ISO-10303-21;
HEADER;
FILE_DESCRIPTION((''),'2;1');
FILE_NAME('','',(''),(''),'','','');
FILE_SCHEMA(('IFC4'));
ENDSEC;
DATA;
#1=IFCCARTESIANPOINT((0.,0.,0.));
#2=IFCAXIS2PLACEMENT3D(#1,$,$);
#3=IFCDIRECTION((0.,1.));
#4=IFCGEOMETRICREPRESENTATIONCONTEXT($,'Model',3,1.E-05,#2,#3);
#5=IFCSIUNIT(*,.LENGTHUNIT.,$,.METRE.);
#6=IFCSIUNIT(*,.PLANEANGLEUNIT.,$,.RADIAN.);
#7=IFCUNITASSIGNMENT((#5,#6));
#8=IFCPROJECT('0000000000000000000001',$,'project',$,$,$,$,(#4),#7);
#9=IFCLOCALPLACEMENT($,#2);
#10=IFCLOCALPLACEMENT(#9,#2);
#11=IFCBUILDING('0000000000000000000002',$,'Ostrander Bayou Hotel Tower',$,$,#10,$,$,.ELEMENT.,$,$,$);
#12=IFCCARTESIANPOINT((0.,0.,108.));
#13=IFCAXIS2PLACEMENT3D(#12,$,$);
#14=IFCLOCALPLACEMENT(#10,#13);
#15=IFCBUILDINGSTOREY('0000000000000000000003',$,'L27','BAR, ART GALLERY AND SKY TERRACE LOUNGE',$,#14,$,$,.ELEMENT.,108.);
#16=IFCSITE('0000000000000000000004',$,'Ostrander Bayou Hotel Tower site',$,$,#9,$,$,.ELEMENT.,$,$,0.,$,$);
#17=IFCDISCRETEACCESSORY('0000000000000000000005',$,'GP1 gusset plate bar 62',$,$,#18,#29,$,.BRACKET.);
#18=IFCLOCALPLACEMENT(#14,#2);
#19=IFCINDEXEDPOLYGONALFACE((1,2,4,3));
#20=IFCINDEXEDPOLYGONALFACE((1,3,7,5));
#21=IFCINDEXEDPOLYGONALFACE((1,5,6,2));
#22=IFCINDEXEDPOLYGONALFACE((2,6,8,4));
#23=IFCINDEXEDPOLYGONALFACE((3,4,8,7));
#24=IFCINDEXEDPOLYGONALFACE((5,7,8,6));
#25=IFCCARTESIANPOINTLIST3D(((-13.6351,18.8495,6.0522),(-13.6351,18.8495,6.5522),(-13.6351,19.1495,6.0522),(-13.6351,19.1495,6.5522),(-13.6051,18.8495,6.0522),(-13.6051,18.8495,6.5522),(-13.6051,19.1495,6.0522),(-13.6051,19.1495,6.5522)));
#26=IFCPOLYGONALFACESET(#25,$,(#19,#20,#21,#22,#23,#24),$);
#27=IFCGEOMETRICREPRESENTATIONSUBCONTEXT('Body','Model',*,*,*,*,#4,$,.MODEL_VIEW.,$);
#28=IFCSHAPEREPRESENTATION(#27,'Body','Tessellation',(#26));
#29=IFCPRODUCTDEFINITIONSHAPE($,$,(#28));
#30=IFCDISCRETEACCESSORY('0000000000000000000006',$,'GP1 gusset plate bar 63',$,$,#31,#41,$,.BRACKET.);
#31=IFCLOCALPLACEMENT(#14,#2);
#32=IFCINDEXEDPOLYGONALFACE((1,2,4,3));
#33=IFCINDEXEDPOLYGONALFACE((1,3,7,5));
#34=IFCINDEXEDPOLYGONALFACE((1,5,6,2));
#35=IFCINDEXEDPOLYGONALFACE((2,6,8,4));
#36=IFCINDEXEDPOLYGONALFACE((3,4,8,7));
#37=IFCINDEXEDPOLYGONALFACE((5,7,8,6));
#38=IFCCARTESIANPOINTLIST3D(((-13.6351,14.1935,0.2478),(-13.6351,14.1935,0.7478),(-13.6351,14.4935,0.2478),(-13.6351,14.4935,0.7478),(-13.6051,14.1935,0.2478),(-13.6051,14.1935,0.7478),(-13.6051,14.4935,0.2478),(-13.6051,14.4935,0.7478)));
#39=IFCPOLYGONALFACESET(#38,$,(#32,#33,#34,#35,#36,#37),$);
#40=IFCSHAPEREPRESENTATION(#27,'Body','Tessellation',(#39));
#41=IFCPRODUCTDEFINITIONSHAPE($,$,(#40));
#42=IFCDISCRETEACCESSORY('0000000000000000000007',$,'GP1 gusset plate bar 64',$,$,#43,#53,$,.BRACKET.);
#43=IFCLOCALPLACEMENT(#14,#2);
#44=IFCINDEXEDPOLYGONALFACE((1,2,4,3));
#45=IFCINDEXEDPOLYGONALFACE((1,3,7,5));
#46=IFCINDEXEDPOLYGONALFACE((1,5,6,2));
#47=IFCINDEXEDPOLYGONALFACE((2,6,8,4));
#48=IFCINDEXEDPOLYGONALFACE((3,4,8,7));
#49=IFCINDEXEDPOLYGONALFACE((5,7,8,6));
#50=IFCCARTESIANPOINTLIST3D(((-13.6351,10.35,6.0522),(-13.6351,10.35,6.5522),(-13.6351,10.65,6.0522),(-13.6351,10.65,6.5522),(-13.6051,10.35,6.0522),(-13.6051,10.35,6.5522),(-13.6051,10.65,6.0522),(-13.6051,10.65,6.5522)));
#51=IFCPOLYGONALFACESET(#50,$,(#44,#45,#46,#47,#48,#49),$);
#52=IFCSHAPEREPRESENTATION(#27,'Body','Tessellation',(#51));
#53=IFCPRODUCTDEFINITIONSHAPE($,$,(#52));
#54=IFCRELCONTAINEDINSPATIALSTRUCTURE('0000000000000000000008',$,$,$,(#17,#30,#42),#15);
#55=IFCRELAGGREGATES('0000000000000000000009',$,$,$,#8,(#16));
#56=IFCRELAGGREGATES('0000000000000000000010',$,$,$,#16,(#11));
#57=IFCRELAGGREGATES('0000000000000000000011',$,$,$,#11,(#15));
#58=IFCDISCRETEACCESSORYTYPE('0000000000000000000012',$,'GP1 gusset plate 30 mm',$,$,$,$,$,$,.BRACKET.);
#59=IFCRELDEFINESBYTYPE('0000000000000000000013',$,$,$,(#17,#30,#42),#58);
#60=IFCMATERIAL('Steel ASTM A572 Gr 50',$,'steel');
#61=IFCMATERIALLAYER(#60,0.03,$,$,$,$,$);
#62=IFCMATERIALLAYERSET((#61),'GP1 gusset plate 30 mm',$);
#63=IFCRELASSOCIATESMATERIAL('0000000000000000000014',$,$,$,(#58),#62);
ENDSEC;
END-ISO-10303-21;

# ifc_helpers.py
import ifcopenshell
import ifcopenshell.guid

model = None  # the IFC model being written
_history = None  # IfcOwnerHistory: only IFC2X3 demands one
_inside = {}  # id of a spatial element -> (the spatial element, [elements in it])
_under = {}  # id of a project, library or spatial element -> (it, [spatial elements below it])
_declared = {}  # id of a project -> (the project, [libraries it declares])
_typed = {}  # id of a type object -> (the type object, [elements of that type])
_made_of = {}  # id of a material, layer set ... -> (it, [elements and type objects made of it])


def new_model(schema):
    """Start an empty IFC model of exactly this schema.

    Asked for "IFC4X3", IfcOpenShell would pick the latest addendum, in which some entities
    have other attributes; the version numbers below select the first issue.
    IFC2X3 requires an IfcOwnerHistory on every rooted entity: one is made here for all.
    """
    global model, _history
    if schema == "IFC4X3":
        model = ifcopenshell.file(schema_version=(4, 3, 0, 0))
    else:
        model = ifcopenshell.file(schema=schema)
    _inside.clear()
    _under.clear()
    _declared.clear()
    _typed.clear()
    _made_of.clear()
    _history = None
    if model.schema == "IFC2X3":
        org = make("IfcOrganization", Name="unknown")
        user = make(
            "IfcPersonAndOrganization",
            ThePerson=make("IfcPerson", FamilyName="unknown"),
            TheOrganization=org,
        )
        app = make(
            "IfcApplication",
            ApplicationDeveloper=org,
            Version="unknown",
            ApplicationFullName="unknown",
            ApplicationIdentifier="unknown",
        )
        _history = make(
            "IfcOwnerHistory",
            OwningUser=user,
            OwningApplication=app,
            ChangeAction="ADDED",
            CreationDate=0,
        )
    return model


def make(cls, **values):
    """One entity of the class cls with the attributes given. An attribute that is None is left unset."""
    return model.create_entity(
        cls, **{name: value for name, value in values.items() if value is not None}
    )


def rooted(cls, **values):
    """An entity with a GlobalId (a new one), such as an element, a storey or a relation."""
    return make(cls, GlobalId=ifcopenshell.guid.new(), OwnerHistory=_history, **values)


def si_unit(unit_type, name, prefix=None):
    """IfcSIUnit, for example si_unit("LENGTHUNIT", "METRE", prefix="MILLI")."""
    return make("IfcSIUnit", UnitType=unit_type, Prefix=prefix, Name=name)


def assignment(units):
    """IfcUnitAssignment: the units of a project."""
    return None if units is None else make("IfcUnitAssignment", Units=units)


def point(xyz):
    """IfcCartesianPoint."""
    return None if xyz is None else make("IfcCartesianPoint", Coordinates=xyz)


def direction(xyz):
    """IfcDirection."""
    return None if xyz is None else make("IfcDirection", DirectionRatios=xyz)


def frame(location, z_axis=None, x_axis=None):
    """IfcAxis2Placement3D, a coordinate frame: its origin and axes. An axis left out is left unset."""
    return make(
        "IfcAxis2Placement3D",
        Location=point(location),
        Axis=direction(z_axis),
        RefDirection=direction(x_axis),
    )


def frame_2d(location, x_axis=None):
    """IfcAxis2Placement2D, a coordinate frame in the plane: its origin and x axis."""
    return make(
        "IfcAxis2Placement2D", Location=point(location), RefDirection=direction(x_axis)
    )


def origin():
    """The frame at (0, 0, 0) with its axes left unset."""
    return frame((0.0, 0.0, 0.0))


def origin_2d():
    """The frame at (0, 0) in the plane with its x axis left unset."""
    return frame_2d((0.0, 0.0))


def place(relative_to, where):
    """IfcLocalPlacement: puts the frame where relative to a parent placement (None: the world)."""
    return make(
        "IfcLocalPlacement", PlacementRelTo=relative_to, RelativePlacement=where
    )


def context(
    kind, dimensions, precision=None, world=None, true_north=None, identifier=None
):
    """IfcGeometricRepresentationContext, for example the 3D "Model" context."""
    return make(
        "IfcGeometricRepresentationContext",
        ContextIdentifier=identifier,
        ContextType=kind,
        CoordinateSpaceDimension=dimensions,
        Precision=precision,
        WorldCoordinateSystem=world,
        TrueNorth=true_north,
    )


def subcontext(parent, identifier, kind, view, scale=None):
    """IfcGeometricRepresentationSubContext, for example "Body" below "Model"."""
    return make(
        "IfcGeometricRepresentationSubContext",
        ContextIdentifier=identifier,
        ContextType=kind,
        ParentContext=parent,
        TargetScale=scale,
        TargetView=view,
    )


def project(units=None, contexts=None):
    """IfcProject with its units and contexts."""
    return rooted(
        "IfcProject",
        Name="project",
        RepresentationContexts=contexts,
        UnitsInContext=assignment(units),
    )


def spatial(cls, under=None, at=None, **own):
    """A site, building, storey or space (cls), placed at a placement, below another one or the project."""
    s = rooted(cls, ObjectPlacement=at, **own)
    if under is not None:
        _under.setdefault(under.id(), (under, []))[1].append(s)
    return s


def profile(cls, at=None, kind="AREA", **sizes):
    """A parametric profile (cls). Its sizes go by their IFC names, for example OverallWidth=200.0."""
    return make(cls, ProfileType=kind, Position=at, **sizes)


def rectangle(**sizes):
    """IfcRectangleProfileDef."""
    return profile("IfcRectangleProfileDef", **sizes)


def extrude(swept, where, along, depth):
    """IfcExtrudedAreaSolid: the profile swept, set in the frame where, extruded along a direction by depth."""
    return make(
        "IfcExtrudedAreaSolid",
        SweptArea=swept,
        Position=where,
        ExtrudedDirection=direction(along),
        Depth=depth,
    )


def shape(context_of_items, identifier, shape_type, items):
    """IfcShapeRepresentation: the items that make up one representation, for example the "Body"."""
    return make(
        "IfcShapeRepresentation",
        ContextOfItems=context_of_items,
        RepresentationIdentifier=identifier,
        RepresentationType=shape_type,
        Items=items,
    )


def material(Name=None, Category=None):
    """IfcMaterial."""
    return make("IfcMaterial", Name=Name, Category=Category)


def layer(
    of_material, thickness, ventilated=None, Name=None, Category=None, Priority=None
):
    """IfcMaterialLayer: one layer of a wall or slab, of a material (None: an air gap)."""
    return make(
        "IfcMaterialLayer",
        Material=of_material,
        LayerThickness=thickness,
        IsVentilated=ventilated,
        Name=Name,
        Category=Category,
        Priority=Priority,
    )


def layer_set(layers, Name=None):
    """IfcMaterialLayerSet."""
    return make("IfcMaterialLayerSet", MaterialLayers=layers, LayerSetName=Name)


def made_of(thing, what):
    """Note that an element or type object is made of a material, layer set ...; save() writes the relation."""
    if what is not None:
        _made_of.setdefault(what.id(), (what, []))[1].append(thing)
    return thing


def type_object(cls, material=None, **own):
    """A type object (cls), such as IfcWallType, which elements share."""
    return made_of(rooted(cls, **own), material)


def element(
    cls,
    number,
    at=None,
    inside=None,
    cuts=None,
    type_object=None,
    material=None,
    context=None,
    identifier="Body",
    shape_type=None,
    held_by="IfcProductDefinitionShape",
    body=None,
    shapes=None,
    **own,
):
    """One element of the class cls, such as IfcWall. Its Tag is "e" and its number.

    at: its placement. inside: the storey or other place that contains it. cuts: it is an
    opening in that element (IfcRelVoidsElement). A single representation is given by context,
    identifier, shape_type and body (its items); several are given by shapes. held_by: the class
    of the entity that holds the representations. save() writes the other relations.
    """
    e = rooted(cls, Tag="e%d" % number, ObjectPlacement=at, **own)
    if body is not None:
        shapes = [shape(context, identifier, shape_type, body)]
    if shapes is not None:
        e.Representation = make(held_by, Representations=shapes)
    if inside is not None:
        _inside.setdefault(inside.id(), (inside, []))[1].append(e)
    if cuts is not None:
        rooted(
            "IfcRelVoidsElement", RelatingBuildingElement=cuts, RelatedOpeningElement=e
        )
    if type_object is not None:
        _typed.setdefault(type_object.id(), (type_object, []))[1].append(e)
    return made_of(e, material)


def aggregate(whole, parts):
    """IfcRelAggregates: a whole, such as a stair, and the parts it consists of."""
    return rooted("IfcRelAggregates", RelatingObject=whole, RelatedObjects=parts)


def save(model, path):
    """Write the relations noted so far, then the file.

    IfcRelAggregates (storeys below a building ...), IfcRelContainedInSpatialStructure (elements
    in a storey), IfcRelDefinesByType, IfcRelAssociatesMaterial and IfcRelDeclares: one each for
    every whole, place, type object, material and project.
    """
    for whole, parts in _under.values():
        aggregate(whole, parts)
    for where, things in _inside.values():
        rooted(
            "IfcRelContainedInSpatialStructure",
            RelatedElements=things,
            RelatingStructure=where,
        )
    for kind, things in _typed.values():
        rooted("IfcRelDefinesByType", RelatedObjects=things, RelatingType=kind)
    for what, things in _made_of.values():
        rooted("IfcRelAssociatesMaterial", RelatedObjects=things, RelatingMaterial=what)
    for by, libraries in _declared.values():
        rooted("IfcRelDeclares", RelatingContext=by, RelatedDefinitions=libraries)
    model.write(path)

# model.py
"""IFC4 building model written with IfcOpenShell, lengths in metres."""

from ifc_helpers import new_model, si_unit, direction, frame, origin, origin_2d, place, context, subcontext, project, spatial, rectangle, extrude, material, layer, layer_set, type_object, element, save


model = new_model("IFC4")

# Units and contexts
model_context = context("Model", 3, precision=1e-05, world=origin(), true_north=direction((0.0, 1.0)))
body_context = subcontext(model_context, "Body", "Model", "MODEL_VIEW")
ifc_project = project(units=[si_unit("LENGTHUNIT", "METRE"), si_unit("PLANEANGLEUNIT", "RADIAN")], contexts=[model_context])

# Site, building, storey
site_placement = place(None, origin())
site = spatial("IfcSite", under=ifc_project, at=site_placement, Name="Ostrander Bayou Hotel Tower site", CompositionType="ELEMENT", RefElevation=0.0)
building_placement = place(site_placement, origin())
building = spatial("IfcBuilding", under=site, at=building_placement, Name="Ostrander Bayou Hotel Tower", CompositionType="ELEMENT")
storey_placement = place(building_placement, frame((0.0, 0.0, 108.0)))
storey = spatial("IfcBuildingStorey", under=building, at=storey_placement, Name="L27", Description="BAR, ART GALLERY AND SKY TERRACE LOUNGE", CompositionType="ELEMENT", Elevation=108.0)

# Discrete accessories
ifc_material_1 = material(Name="Steel ASTM A572 Gr 50", Category="steel")
ifc_layer_1 = layer(ifc_material_1, 0.03)
ifc_layer_set_1 = layer_set([ifc_layer_1], Name="GP1 gusset plate 30 mm")
discrete_accessory_type = type_object("IfcDiscreteAccessoryType", Name="GP1 gusset plate 30 mm", PredefinedType="BRACKET", material=ifc_layer_set_1)
for number, where, z_axis, x_axis, name in (
    (1, (-13.6201, 18.9995, 6.0522), (0.0, 0.0, 1.0), (0.0, -1.0, 0.0), "GP1 gusset plate bar 62"),
    (2, (-13.6201, 14.3435, 0.2478), (0.0, 0.0, 1.0), (0.0, -1.0, 0.0), "GP1 gusset plate bar 63"),
    (3, (-13.6201, 10.5, 6.0522), (0.0, 0.0, 1.0), (0.0, -1.0, 0.0), "GP1 gusset plate bar 64"),
):
    element("IfcDiscreteAccessory", number, at=place(storey_placement, frame(where, z_axis=z_axis, x_axis=x_axis)), inside=storey, type_object=discrete_accessory_type, Name=name, PredefinedType="BRACKET", context=body_context, shape_type="SweptSolid", body=[
        extrude(rectangle(XDim=0.3, YDim=0.03, at=origin_2d()), origin(), (0.0, 0.0, 1.0), 0.5),
    ])

save(model, "model.ifc")
